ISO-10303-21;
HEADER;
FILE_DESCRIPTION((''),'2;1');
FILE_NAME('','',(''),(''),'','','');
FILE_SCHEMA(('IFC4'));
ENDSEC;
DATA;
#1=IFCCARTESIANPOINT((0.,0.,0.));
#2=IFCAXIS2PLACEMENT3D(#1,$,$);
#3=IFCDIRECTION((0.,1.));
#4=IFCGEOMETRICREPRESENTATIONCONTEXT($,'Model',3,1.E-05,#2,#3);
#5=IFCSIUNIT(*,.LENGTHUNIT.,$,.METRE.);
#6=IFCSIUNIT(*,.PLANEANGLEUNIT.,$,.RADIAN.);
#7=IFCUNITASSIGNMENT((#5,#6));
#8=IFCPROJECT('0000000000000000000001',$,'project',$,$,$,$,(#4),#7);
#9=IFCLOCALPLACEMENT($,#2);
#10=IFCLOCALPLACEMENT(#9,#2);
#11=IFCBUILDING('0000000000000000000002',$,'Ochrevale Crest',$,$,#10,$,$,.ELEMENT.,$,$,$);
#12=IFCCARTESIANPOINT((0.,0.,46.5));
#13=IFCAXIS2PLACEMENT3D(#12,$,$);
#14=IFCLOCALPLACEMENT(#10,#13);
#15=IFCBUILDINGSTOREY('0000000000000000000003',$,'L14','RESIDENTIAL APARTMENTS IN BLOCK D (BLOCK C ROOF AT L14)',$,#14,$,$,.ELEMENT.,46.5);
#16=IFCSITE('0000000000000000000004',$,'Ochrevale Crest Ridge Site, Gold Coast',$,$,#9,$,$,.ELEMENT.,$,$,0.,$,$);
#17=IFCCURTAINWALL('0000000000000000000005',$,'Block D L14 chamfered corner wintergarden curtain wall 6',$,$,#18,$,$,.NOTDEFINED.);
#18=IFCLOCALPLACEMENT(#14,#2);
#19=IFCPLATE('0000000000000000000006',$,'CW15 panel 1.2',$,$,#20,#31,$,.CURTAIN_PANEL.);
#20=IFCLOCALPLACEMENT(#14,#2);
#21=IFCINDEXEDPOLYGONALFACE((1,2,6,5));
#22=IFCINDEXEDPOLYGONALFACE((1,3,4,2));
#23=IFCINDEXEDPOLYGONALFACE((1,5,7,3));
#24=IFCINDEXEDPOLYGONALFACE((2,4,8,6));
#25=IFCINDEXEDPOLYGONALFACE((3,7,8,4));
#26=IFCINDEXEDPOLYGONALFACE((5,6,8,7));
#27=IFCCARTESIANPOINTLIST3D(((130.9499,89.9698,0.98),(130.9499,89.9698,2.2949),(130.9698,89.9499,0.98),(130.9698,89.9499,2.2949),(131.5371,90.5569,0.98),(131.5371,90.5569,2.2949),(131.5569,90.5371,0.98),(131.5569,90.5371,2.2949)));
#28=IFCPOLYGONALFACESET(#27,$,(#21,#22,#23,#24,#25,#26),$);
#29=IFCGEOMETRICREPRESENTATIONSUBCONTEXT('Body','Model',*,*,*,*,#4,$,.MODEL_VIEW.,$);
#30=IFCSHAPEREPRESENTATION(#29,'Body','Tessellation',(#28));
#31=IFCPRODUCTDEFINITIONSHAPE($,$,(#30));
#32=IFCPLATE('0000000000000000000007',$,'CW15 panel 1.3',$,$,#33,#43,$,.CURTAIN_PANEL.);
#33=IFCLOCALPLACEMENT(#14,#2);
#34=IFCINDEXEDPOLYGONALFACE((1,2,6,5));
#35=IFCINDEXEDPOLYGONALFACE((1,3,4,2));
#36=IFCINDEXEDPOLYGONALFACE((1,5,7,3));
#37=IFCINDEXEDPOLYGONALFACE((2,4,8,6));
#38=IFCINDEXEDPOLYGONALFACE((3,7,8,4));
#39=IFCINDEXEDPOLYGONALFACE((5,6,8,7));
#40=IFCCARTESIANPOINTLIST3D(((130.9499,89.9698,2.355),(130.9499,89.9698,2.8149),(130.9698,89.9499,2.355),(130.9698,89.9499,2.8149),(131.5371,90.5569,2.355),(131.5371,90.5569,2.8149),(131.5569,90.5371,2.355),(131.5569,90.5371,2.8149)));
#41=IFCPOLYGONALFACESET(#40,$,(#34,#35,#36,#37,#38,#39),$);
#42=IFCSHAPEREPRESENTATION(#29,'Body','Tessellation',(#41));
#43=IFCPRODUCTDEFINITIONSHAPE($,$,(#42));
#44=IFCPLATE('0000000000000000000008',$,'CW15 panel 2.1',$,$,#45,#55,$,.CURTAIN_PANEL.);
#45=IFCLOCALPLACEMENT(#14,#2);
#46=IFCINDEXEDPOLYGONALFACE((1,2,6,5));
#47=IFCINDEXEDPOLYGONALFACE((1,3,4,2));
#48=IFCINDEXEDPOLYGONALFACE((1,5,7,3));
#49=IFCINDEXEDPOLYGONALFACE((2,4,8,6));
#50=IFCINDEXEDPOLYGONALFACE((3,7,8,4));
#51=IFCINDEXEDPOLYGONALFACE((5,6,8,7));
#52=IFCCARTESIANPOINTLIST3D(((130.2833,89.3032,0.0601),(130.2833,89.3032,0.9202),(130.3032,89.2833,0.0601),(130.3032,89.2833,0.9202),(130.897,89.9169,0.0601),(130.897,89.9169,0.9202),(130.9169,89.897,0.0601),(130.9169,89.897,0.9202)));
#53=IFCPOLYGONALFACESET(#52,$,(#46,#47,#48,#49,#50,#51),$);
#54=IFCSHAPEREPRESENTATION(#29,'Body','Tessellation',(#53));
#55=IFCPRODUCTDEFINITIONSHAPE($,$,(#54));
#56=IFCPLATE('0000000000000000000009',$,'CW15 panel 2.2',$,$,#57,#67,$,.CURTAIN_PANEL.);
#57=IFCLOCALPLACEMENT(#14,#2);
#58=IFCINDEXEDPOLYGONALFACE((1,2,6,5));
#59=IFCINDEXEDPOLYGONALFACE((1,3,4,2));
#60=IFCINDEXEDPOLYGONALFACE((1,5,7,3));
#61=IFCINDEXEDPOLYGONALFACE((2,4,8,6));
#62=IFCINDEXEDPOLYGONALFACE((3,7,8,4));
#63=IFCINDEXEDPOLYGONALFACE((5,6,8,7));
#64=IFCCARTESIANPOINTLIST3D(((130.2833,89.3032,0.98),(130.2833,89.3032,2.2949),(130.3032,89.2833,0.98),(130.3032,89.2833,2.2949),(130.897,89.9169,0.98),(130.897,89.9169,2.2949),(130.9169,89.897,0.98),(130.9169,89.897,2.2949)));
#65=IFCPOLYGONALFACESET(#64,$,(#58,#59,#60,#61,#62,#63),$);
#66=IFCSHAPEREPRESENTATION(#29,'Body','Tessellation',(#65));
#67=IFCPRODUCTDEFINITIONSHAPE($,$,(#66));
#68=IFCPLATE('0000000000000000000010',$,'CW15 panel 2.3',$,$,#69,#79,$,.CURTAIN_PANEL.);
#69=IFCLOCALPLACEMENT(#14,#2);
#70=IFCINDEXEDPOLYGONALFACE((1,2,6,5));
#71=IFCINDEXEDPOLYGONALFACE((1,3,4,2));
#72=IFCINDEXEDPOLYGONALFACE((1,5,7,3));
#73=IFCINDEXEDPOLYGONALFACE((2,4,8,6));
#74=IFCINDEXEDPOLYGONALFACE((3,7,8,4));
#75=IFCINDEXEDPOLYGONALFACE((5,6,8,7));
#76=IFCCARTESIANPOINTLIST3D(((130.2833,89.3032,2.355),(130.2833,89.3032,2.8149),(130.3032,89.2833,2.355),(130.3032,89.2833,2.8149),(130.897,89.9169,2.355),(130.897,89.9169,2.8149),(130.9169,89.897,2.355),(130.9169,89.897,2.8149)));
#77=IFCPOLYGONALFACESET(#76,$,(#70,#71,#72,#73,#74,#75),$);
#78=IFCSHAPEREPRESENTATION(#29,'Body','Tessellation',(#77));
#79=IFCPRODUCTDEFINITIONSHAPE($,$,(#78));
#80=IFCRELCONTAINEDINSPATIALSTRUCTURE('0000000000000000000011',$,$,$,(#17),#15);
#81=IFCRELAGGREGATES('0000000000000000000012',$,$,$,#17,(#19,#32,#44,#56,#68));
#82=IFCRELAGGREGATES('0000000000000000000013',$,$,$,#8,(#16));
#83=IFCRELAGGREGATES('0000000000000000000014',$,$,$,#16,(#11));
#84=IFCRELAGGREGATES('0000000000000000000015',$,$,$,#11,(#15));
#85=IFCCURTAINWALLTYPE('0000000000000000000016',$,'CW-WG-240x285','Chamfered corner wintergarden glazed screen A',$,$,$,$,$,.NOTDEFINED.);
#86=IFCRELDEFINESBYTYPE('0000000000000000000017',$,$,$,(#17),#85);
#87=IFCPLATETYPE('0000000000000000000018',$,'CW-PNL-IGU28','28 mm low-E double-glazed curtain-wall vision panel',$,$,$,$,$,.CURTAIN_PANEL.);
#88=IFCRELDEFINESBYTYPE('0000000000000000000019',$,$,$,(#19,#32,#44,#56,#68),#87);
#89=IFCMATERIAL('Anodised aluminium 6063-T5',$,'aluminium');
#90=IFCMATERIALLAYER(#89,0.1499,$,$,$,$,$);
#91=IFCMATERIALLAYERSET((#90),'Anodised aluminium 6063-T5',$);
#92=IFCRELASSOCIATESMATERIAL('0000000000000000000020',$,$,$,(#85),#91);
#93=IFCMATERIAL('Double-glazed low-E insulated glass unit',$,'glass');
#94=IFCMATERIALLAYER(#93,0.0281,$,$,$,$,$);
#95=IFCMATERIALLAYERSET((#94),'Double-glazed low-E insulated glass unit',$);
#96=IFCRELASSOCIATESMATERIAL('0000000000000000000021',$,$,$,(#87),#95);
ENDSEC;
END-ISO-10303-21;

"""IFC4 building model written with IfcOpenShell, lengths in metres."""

from ifc_helpers import new_model, si_unit, direction, frame, origin, origin_2d, place, context, subcontext, project, spatial, rectangle, extrude, material, layer, layer_set, type_object, element, aggregate, save


model = new_model("IFC4")

# Units and contexts
model_context = context("Model", 3, precision=1e-05, world=origin(), true_north=direction((0.0, 1.0)))
body_context = subcontext(model_context, "Body", "Model", "MODEL_VIEW")
ifc_project = project(units=[si_unit("LENGTHUNIT", "METRE"), si_unit("PLANEANGLEUNIT", "RADIAN")], contexts=[model_context])

# Site, building, storey
site_placement = place(None, origin())
site = spatial("IfcSite", under=ifc_project, at=site_placement, Name="Ochrevale Crest Ridge Site, Gold Coast", CompositionType="ELEMENT", RefElevation=0.0)
building_placement = place(site_placement, origin())
building = spatial("IfcBuilding", under=site, at=building_placement, Name="Ochrevale Crest", CompositionType="ELEMENT")
storey_placement = place(building_placement, frame((0.0, 0.0, 46.5)))
storey = spatial("IfcBuildingStorey", under=building, at=storey_placement, Name="L14", Description="RESIDENTIAL APARTMENTS IN BLOCK D (BLOCK C ROOF AT L14)", CompositionType="ELEMENT", Elevation=46.5)

# Curtain wall, plates
ifc_material_1 = material(Name="Anodised aluminium 6063-T5", Category="aluminium")
ifc_layer_1 = layer(ifc_material_1, 0.1499)
ifc_layer_set_1 = layer_set([ifc_layer_1], Name="Anodised aluminium 6063-T5")
curtain_wall_type = type_object("IfcCurtainWallType", Name="CW-WG-240x285", Description="Chamfered corner wintergarden glazed screen A", PredefinedType="NOTDEFINED", material=ifc_layer_set_1)
curtain_wall_placement = place(storey_placement, origin())
curtain_wall = element("IfcCurtainWall", 1, at=curtain_wall_placement, inside=storey, type_object=curtain_wall_type, Name="Block D L14 chamfered corner wintergarden curtain wall 6", PredefinedType="NOTDEFINED")
ifc_material_2 = material(Name="Double-glazed low-E insulated glass unit", Category="glass")
ifc_layer_2 = layer(ifc_material_2, 0.0281)
ifc_layer_set_2 = layer_set([ifc_layer_2], Name="Double-glazed low-E insulated glass unit")
plate_type = type_object("IfcPlateType", Name="CW-PNL-IGU28", Description="28 mm low-E double-glazed curtain-wall vision panel", PredefinedType="CURTAIN_PANEL", material=ifc_layer_set_2)
plate_1_placement = place(storey_placement, frame((131.2534, 90.2534, 0.98), z_axis=(0.0, 0.0, 1.0), x_axis=(-0.707107, -0.707107, 0.0)))
plate_1 = element("IfcPlate", 2, at=plate_1_placement, type_object=plate_type, Name="CW15 panel 1.2", PredefinedType="CURTAIN_PANEL", context=body_context, shape_type="SweptSolid", body=[
    extrude(rectangle(XDim=0.8303, YDim=0.0281, at=origin_2d()), origin(), (0.0, 0.0, 1.0), 1.3149),
])
plate_2_placement = place(storey_placement, frame((131.2534, 90.2534, 2.355), z_axis=(0.0, 0.0, 1.0), x_axis=(-0.707107, -0.707107, 0.0)))
plate_2 = element("IfcPlate", 3, at=plate_2_placement, type_object=plate_type, Name="CW15 panel 1.3", PredefinedType="CURTAIN_PANEL", context=body_context, shape_type="SweptSolid", body=[
    extrude(rectangle(XDim=0.8303, YDim=0.0281, at=origin_2d()), origin(), (0.0, 0.0, 1.0), 0.46),
])
plate_3_placement = place(storey_placement, frame((130.6001, 89.6001, 0.0601), z_axis=(0.0, 0.0, 1.0), x_axis=(-0.707107, -0.707107, 0.0)))
plate_3 = element("IfcPlate", 4, at=plate_3_placement, type_object=plate_type, Name="CW15 panel 2.1", PredefinedType="CURTAIN_PANEL", context=body_context, shape_type="SweptSolid", body=[
    extrude(rectangle(XDim=0.8679, YDim=0.0281, at=origin_2d()), origin(), (0.0, 0.0, 1.0), 0.8601),
])
plate_4_placement = place(storey_placement, frame((130.6001, 89.6001, 0.98), z_axis=(0.0, 0.0, 1.0), x_axis=(-0.707107, -0.707107, 0.0)))
plate_4 = element("IfcPlate", 5, at=plate_4_placement, type_object=plate_type, Name="CW15 panel 2.2", PredefinedType="CURTAIN_PANEL", context=body_context, shape_type="SweptSolid", body=[
    extrude(rectangle(XDim=0.8679, YDim=0.0281, at=origin_2d()), origin(), (0.0, 0.0, 1.0), 1.3149),
])
plate_5_placement = place(storey_placement, frame((130.6001, 89.6001, 2.355), z_axis=(0.0, 0.0, 1.0), x_axis=(-0.707107, -0.707107, 0.0)))
plate_5 = element("IfcPlate", 6, at=plate_5_placement, type_object=plate_type, Name="CW15 panel 2.3", PredefinedType="CURTAIN_PANEL", context=body_context, shape_type="SweptSolid", body=[
    extrude(rectangle(XDim=0.8679, YDim=0.0281, at=origin_2d()), origin(), (0.0, 0.0, 1.0), 0.46),
])
aggregate(curtain_wall, [plate_1, plate_2, plate_3, plate_4, plate_5])

save(model, "model.ifc")
